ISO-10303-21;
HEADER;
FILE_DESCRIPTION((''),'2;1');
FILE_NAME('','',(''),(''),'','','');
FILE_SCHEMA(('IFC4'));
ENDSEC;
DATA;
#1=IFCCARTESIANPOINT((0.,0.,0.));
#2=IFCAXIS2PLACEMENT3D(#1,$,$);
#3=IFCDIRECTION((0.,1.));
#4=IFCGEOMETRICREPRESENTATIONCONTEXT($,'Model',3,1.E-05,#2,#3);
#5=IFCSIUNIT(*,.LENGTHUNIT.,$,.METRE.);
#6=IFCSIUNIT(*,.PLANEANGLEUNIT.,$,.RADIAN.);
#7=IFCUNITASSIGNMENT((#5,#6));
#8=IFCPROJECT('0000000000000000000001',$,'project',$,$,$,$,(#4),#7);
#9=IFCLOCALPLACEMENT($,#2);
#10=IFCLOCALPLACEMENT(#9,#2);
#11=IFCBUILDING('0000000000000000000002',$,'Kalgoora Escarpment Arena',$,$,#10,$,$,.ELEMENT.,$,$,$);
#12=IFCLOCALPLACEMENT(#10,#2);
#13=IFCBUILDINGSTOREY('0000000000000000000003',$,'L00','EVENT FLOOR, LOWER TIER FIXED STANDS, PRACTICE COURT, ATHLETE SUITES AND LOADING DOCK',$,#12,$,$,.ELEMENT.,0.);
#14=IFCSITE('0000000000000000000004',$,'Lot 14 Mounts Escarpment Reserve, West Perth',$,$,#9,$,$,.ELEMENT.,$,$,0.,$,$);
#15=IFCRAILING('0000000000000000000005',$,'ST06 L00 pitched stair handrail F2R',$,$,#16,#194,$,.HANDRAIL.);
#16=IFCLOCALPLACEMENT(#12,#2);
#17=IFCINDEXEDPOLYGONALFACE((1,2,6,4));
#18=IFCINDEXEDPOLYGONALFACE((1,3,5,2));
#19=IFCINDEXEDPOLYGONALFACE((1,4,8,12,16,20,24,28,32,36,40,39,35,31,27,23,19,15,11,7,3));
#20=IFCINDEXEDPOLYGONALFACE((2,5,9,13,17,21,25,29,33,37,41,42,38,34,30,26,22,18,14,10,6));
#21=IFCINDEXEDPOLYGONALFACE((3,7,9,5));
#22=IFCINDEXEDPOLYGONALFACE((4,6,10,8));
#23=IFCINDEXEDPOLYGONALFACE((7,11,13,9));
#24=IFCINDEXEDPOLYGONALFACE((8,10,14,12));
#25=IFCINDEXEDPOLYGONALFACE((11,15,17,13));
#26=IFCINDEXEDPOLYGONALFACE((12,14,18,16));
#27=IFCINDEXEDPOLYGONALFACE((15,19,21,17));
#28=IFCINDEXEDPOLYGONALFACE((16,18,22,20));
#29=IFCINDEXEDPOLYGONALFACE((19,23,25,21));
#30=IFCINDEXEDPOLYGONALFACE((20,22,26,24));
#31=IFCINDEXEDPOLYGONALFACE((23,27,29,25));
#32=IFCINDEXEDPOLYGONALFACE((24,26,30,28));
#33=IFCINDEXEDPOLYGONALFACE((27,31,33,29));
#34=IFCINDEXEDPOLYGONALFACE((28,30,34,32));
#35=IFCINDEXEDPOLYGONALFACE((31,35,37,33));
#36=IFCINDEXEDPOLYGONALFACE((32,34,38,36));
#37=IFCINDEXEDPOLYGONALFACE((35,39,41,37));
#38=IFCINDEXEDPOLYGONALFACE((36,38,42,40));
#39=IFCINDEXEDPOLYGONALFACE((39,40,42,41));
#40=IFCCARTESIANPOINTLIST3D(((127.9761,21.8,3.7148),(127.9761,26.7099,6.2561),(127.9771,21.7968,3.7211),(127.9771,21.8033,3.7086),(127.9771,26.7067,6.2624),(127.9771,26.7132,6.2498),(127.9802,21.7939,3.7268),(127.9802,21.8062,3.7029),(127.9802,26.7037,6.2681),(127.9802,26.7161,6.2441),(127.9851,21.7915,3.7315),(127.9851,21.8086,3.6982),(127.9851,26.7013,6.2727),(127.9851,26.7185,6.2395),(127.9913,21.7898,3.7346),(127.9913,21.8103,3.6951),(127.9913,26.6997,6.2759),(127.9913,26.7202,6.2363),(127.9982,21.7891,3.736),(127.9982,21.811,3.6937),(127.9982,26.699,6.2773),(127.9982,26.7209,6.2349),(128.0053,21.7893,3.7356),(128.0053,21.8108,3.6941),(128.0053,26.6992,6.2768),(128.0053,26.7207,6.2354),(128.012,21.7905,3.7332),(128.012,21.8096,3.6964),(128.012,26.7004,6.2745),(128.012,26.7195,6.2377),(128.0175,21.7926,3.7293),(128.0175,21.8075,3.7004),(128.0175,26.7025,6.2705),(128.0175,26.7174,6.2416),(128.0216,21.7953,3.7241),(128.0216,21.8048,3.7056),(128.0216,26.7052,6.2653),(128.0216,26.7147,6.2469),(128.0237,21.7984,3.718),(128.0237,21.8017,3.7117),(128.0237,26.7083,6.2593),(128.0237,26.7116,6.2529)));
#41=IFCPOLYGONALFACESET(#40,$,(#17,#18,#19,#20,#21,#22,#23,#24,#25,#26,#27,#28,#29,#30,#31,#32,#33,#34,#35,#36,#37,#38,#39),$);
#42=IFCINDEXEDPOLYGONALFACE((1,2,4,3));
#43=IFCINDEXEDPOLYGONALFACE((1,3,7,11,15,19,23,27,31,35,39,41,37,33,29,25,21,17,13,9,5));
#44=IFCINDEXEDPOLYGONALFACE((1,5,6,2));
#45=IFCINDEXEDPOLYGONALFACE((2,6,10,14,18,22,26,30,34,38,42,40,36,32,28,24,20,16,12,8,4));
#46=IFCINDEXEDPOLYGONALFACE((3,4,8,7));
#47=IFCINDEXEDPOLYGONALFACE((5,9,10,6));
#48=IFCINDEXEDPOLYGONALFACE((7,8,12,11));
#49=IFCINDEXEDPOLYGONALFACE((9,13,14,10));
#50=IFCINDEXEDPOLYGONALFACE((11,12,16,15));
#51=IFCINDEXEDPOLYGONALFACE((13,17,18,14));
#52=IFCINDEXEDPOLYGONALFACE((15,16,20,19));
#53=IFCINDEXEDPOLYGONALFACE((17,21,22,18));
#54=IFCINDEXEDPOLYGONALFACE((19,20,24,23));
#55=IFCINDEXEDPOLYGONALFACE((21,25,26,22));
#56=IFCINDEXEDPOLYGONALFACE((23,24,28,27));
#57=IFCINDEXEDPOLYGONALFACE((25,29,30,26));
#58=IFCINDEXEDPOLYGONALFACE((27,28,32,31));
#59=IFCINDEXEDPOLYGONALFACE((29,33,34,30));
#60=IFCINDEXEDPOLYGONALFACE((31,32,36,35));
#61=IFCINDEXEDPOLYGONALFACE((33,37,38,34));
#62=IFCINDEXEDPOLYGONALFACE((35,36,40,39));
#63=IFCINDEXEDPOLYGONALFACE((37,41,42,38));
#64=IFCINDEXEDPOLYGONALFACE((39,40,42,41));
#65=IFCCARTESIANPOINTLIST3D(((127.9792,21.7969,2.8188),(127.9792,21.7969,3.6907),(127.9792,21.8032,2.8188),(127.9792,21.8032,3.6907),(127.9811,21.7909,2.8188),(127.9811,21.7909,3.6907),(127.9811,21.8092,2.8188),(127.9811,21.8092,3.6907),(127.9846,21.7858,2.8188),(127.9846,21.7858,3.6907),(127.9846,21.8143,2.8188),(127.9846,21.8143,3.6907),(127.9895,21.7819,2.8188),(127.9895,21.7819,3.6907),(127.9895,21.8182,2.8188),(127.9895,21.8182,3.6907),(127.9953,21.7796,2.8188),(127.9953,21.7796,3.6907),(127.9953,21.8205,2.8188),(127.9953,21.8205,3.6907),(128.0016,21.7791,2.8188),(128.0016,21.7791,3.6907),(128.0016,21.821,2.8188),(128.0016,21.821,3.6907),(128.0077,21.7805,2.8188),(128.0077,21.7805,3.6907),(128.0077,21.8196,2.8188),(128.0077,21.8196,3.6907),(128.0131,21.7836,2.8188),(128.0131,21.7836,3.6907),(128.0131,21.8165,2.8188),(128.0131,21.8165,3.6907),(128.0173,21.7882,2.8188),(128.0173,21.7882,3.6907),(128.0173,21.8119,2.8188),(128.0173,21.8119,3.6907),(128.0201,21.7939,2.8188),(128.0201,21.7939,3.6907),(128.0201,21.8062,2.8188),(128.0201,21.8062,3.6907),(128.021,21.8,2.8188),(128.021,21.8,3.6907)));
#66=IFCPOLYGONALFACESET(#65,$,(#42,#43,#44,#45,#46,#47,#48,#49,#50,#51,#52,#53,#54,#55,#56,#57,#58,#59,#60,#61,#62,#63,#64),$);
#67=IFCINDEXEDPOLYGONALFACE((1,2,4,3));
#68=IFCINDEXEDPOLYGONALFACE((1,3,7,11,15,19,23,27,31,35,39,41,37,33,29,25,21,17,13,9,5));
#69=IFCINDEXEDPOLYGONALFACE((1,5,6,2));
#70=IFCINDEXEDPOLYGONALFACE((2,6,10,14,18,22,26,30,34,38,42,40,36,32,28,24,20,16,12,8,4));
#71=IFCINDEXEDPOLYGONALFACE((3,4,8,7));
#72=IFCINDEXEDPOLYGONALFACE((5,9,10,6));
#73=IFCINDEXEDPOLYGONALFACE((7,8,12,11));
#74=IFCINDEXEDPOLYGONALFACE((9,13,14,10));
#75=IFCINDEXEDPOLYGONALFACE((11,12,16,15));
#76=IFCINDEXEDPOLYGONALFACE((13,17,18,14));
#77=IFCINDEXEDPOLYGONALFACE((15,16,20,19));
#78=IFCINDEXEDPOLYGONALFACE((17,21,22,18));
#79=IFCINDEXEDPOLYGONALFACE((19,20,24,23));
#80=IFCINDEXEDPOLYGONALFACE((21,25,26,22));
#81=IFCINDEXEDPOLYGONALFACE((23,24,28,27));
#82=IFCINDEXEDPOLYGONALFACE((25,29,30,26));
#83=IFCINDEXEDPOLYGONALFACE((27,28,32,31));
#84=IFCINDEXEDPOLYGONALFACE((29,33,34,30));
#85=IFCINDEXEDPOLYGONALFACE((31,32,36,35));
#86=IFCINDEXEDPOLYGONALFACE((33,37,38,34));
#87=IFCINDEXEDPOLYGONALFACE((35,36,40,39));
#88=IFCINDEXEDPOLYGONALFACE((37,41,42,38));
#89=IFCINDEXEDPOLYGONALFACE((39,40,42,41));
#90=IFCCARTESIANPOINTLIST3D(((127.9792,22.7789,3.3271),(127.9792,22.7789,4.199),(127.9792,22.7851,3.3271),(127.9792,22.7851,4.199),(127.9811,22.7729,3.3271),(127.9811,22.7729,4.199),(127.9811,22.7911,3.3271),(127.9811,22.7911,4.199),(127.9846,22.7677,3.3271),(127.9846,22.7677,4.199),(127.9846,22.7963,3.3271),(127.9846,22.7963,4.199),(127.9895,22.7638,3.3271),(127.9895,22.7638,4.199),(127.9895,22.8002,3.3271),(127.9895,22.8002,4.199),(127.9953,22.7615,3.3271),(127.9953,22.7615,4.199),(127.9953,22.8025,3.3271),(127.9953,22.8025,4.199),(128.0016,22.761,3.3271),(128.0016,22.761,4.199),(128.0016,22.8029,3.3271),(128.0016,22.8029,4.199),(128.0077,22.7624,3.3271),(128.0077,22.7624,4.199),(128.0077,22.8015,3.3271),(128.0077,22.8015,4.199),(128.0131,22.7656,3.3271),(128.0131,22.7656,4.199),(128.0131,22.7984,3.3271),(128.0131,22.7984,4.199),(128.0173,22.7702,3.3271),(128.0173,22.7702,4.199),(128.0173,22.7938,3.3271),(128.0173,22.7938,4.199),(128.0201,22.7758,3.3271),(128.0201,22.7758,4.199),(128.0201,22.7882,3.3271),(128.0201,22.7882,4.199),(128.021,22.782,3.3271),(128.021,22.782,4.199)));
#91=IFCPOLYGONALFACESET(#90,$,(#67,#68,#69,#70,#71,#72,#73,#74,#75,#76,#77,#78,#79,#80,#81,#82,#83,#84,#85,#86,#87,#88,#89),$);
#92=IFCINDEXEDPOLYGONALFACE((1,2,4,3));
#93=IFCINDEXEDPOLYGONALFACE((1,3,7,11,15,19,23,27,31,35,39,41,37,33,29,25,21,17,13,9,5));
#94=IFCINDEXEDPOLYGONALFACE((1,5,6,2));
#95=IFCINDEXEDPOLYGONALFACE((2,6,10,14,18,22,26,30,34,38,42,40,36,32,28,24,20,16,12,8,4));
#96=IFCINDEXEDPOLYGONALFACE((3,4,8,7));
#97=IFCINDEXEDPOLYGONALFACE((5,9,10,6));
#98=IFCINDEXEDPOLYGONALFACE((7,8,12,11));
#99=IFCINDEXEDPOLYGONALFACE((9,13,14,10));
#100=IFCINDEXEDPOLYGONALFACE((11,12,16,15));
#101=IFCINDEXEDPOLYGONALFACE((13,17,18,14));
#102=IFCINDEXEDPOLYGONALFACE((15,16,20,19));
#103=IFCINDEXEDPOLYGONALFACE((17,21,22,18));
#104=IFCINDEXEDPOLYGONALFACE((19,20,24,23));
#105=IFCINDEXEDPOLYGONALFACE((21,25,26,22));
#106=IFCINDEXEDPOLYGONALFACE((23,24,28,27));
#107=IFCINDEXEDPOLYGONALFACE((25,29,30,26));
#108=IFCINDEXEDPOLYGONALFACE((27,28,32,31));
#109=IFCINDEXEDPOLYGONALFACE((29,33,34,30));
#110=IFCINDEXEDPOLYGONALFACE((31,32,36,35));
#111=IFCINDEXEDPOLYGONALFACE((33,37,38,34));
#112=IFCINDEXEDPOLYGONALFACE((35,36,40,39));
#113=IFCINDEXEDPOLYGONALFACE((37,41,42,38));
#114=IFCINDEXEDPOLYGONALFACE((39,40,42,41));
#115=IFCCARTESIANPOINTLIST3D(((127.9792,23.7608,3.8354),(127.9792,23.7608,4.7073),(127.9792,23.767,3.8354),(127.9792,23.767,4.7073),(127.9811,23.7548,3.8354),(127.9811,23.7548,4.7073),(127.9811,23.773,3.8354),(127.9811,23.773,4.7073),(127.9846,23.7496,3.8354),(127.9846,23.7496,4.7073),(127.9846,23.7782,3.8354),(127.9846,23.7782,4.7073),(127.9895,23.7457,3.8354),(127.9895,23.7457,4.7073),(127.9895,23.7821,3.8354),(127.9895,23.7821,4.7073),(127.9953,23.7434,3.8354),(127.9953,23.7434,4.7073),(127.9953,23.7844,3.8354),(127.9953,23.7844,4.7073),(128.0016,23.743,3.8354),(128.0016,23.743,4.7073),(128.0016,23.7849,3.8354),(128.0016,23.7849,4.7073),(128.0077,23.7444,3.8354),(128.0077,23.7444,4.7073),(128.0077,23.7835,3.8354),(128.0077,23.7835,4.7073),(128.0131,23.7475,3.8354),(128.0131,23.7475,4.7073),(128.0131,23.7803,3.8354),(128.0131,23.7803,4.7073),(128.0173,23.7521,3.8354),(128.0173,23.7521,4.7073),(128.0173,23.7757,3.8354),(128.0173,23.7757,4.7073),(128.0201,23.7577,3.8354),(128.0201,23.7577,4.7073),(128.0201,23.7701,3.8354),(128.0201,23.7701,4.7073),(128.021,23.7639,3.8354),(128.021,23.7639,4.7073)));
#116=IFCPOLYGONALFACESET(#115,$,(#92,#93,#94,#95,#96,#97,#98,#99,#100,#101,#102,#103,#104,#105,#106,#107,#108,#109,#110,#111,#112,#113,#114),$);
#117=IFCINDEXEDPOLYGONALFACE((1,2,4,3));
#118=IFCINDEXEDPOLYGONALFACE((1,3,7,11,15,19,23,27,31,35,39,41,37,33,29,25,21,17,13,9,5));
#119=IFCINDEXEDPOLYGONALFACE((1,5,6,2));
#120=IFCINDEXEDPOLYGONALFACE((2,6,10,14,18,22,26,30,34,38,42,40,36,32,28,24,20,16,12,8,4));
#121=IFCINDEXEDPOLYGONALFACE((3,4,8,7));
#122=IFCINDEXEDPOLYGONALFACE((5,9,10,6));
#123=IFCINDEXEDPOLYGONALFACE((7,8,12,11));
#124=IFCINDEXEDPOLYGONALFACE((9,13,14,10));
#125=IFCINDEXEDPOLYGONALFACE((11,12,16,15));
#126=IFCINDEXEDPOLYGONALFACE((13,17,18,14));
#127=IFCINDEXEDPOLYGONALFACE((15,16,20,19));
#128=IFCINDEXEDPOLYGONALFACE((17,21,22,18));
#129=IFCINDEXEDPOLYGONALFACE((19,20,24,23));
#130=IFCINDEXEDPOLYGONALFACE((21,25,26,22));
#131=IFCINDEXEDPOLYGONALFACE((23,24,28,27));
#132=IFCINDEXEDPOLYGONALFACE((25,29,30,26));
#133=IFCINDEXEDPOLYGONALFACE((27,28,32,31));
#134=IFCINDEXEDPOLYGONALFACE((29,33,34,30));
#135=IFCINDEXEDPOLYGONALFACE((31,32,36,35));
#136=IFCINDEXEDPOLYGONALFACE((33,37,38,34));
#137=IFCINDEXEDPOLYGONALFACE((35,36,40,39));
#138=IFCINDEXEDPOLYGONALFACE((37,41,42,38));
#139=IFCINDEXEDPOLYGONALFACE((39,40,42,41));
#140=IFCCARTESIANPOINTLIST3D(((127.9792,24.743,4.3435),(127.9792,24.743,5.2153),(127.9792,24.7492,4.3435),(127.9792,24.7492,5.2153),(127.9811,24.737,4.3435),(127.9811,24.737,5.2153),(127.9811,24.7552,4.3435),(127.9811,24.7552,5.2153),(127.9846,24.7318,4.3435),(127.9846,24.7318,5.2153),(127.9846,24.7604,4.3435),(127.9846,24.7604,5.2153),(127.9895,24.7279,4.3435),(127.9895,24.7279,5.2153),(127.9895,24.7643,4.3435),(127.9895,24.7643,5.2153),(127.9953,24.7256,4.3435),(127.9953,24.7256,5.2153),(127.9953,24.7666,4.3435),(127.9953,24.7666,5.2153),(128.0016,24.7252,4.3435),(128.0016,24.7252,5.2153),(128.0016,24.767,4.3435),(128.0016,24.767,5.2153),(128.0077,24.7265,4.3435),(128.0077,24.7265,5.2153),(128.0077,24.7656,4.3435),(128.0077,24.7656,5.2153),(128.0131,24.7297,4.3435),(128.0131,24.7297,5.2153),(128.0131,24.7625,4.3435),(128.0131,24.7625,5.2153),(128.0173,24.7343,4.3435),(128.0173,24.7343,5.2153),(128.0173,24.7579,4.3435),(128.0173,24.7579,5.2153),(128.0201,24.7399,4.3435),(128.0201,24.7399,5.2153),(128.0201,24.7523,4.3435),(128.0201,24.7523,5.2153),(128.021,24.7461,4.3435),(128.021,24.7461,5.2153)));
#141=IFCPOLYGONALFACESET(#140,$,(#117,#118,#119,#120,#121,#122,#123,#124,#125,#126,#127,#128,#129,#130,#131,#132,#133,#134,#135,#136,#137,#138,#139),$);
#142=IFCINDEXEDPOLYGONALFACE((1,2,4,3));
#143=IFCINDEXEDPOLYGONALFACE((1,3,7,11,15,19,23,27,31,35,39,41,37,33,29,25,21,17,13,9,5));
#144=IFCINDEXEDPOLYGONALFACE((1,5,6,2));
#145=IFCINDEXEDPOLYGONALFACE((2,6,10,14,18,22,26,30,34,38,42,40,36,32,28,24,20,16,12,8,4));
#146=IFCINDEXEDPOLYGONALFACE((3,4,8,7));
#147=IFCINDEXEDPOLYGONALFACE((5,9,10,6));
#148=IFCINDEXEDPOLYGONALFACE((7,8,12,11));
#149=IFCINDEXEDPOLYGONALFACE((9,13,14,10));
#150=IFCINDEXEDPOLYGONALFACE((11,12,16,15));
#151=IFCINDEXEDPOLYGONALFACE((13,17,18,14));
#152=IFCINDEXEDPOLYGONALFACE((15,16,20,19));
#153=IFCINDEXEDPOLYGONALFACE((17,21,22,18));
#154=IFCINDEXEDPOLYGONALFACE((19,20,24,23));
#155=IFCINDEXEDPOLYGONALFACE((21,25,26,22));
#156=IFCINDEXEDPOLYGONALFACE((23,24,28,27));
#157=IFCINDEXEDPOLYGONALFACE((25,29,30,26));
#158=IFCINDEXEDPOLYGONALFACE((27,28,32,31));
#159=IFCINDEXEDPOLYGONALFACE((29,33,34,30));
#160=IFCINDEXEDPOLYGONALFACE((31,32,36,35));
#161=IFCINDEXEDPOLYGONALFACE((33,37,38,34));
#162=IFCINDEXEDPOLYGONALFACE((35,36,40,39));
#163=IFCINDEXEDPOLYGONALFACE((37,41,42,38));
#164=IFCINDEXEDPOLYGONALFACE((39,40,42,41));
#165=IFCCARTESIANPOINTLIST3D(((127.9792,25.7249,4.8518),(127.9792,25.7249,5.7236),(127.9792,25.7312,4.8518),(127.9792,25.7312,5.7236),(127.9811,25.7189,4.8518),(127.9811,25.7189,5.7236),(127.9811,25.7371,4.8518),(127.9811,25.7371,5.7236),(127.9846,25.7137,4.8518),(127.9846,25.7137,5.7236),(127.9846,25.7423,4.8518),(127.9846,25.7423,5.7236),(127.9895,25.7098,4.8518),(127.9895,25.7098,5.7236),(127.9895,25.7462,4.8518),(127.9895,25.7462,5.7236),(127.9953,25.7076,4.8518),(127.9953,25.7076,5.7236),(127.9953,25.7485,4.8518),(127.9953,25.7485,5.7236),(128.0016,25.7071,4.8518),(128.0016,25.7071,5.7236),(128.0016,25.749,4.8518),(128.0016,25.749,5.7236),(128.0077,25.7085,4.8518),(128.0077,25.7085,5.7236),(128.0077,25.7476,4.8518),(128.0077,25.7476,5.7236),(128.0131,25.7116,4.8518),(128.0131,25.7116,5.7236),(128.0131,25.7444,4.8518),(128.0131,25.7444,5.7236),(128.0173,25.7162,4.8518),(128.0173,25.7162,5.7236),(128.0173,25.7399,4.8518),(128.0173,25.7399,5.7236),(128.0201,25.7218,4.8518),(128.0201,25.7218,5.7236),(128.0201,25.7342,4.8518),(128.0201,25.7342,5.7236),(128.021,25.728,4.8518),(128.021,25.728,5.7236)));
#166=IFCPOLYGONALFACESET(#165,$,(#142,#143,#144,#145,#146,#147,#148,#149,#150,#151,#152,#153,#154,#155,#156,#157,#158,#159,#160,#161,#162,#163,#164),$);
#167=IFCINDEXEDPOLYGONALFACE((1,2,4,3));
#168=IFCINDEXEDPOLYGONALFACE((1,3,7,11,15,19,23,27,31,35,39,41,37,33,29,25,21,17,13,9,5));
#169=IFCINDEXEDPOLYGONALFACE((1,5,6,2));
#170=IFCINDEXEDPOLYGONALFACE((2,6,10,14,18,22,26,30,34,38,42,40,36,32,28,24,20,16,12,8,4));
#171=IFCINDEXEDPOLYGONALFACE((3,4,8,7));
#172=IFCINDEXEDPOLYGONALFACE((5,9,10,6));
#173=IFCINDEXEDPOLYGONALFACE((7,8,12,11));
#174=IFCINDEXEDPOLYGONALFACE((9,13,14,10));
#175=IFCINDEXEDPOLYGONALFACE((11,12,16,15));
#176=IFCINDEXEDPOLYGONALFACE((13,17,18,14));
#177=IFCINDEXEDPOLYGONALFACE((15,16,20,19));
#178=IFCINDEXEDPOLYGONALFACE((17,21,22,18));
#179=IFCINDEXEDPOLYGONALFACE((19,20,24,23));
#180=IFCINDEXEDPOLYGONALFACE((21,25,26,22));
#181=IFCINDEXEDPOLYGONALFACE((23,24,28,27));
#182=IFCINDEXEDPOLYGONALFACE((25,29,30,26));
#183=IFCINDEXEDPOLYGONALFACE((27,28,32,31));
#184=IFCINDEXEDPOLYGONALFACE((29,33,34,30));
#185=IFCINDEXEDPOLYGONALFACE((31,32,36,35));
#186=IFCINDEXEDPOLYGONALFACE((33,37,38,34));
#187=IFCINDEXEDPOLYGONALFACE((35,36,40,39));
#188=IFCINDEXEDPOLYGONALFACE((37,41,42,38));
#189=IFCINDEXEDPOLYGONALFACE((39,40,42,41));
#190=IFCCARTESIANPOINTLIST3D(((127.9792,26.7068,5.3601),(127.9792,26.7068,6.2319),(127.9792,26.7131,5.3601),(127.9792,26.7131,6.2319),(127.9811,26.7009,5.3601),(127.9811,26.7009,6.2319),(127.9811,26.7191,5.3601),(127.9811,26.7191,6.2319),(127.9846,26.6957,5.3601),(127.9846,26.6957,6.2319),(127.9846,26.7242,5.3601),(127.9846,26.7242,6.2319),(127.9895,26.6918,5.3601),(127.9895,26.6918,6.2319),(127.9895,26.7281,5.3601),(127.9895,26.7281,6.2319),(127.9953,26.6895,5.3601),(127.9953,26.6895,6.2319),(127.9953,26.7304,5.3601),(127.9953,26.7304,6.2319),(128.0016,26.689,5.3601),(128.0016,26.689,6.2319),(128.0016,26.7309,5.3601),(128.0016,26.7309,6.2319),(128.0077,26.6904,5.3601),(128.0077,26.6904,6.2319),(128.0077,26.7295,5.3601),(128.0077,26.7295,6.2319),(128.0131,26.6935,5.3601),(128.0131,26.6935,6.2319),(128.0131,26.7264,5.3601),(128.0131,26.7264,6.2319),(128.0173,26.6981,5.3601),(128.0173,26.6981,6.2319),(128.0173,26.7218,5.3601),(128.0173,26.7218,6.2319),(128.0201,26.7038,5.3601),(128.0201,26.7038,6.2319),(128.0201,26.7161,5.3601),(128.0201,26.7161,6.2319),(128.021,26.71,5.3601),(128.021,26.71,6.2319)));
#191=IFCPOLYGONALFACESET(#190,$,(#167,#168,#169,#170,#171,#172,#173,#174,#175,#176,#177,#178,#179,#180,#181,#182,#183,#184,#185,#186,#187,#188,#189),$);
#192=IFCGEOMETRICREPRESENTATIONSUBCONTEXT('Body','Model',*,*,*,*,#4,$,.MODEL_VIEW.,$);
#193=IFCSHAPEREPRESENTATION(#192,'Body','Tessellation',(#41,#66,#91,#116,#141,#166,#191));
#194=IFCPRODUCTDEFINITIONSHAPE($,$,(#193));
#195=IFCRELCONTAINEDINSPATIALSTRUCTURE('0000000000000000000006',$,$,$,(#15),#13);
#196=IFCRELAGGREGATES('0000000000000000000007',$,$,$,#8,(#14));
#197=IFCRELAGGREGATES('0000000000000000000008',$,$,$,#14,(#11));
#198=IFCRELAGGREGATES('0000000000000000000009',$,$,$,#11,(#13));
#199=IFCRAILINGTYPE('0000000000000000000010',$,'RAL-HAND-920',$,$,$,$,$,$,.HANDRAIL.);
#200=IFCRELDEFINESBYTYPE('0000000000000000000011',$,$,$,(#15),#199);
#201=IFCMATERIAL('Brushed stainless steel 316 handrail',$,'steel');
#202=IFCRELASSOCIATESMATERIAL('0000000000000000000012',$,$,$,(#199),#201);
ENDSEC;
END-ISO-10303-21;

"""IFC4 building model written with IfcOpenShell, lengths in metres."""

from ifc_helpers import new_model, si_unit, direction, frame, origin, origin_2d, place, context, subcontext, project, spatial, circle, extrude, material, type_object, element, save


model = new_model("IFC4")

# Units and contexts
model_context = context("Model", 3, precision=1e-05, world=origin(), true_north=direction((0.0, 1.0)))
body_context = subcontext(model_context, "Body", "Model", "MODEL_VIEW")
ifc_project = project(units=[si_unit("LENGTHUNIT", "METRE"), si_unit("PLANEANGLEUNIT", "RADIAN")], contexts=[model_context])

# Site, building, storey
site_placement = place(None, origin())
site = spatial("IfcSite", under=ifc_project, at=site_placement, Name="Lot 14 Mounts Escarpment Reserve, West Perth", CompositionType="ELEMENT", RefElevation=0.0)
building_placement = place(site_placement, origin())
building = spatial("IfcBuilding", under=site, at=building_placement, Name="Kalgoora Escarpment Arena", CompositionType="ELEMENT")
storey_placement = place(building_placement, origin())
storey = spatial("IfcBuildingStorey", under=building, at=storey_placement, Name="L00", Description="EVENT FLOOR, LOWER TIER FIXED STANDS, PRACTICE COURT, ATHLETE SUITES AND LOADING DOCK", CompositionType="ELEMENT", Elevation=0.0)

# Railing
ifc_material_1 = material(Name="Brushed stainless steel 316 handrail", Category="steel")
railing_type_1 = type_object("IfcRailingType", Name="RAL-HAND-920", PredefinedType="HANDRAIL", material=ifc_material_1)
railing_1_placement = place(storey_placement, frame((128.0, 21.8, 2.8188)))
element("IfcRailing", 1, at=railing_1_placement, inside=storey, type_object=railing_type_1, Name="ST06 L00 pitched stair handrail F2R", PredefinedType="HANDRAIL", context=body_context, shape_type="SweptSolid", body=[
    extrude(circle(Radius=0.0239, at=origin_2d()), frame((0.0, 0.0, 0.896), z_axis=(0.0, 0.888096, 0.459658), x_axis=(-1.0, 0.0, 0.0)), (0.0, 0.0, 1.0), 5.5286),
    extrude(circle(Radius=0.021, at=origin_2d()), origin(), (0.0, 0.0, 1.0), 0.8718),
    extrude(circle(Radius=0.021, at=origin_2d()), frame((0.0, 0.9819, 0.5083)), (0.0, 0.0, 1.0), 0.8718),
    extrude(circle(Radius=0.021, at=origin_2d()), frame((0.0, 1.9639, 1.0166)), (0.0, 0.0, 1.0), 0.8718),
    extrude(circle(Radius=0.021, at=origin_2d()), frame((0.0, 2.946, 1.5247)), (0.0, 0.0, 1.0), 0.8718),
    extrude(circle(Radius=0.021, at=origin_2d()), frame((0.0, 3.928, 2.033)), (0.0, 0.0, 1.0), 0.8718),
    extrude(circle(Radius=0.021, at=origin_2d()), frame((0.0, 4.9099, 2.5413)), (0.0, 0.0, 1.0), 0.8718),
])

save(model, "model.ifc")
